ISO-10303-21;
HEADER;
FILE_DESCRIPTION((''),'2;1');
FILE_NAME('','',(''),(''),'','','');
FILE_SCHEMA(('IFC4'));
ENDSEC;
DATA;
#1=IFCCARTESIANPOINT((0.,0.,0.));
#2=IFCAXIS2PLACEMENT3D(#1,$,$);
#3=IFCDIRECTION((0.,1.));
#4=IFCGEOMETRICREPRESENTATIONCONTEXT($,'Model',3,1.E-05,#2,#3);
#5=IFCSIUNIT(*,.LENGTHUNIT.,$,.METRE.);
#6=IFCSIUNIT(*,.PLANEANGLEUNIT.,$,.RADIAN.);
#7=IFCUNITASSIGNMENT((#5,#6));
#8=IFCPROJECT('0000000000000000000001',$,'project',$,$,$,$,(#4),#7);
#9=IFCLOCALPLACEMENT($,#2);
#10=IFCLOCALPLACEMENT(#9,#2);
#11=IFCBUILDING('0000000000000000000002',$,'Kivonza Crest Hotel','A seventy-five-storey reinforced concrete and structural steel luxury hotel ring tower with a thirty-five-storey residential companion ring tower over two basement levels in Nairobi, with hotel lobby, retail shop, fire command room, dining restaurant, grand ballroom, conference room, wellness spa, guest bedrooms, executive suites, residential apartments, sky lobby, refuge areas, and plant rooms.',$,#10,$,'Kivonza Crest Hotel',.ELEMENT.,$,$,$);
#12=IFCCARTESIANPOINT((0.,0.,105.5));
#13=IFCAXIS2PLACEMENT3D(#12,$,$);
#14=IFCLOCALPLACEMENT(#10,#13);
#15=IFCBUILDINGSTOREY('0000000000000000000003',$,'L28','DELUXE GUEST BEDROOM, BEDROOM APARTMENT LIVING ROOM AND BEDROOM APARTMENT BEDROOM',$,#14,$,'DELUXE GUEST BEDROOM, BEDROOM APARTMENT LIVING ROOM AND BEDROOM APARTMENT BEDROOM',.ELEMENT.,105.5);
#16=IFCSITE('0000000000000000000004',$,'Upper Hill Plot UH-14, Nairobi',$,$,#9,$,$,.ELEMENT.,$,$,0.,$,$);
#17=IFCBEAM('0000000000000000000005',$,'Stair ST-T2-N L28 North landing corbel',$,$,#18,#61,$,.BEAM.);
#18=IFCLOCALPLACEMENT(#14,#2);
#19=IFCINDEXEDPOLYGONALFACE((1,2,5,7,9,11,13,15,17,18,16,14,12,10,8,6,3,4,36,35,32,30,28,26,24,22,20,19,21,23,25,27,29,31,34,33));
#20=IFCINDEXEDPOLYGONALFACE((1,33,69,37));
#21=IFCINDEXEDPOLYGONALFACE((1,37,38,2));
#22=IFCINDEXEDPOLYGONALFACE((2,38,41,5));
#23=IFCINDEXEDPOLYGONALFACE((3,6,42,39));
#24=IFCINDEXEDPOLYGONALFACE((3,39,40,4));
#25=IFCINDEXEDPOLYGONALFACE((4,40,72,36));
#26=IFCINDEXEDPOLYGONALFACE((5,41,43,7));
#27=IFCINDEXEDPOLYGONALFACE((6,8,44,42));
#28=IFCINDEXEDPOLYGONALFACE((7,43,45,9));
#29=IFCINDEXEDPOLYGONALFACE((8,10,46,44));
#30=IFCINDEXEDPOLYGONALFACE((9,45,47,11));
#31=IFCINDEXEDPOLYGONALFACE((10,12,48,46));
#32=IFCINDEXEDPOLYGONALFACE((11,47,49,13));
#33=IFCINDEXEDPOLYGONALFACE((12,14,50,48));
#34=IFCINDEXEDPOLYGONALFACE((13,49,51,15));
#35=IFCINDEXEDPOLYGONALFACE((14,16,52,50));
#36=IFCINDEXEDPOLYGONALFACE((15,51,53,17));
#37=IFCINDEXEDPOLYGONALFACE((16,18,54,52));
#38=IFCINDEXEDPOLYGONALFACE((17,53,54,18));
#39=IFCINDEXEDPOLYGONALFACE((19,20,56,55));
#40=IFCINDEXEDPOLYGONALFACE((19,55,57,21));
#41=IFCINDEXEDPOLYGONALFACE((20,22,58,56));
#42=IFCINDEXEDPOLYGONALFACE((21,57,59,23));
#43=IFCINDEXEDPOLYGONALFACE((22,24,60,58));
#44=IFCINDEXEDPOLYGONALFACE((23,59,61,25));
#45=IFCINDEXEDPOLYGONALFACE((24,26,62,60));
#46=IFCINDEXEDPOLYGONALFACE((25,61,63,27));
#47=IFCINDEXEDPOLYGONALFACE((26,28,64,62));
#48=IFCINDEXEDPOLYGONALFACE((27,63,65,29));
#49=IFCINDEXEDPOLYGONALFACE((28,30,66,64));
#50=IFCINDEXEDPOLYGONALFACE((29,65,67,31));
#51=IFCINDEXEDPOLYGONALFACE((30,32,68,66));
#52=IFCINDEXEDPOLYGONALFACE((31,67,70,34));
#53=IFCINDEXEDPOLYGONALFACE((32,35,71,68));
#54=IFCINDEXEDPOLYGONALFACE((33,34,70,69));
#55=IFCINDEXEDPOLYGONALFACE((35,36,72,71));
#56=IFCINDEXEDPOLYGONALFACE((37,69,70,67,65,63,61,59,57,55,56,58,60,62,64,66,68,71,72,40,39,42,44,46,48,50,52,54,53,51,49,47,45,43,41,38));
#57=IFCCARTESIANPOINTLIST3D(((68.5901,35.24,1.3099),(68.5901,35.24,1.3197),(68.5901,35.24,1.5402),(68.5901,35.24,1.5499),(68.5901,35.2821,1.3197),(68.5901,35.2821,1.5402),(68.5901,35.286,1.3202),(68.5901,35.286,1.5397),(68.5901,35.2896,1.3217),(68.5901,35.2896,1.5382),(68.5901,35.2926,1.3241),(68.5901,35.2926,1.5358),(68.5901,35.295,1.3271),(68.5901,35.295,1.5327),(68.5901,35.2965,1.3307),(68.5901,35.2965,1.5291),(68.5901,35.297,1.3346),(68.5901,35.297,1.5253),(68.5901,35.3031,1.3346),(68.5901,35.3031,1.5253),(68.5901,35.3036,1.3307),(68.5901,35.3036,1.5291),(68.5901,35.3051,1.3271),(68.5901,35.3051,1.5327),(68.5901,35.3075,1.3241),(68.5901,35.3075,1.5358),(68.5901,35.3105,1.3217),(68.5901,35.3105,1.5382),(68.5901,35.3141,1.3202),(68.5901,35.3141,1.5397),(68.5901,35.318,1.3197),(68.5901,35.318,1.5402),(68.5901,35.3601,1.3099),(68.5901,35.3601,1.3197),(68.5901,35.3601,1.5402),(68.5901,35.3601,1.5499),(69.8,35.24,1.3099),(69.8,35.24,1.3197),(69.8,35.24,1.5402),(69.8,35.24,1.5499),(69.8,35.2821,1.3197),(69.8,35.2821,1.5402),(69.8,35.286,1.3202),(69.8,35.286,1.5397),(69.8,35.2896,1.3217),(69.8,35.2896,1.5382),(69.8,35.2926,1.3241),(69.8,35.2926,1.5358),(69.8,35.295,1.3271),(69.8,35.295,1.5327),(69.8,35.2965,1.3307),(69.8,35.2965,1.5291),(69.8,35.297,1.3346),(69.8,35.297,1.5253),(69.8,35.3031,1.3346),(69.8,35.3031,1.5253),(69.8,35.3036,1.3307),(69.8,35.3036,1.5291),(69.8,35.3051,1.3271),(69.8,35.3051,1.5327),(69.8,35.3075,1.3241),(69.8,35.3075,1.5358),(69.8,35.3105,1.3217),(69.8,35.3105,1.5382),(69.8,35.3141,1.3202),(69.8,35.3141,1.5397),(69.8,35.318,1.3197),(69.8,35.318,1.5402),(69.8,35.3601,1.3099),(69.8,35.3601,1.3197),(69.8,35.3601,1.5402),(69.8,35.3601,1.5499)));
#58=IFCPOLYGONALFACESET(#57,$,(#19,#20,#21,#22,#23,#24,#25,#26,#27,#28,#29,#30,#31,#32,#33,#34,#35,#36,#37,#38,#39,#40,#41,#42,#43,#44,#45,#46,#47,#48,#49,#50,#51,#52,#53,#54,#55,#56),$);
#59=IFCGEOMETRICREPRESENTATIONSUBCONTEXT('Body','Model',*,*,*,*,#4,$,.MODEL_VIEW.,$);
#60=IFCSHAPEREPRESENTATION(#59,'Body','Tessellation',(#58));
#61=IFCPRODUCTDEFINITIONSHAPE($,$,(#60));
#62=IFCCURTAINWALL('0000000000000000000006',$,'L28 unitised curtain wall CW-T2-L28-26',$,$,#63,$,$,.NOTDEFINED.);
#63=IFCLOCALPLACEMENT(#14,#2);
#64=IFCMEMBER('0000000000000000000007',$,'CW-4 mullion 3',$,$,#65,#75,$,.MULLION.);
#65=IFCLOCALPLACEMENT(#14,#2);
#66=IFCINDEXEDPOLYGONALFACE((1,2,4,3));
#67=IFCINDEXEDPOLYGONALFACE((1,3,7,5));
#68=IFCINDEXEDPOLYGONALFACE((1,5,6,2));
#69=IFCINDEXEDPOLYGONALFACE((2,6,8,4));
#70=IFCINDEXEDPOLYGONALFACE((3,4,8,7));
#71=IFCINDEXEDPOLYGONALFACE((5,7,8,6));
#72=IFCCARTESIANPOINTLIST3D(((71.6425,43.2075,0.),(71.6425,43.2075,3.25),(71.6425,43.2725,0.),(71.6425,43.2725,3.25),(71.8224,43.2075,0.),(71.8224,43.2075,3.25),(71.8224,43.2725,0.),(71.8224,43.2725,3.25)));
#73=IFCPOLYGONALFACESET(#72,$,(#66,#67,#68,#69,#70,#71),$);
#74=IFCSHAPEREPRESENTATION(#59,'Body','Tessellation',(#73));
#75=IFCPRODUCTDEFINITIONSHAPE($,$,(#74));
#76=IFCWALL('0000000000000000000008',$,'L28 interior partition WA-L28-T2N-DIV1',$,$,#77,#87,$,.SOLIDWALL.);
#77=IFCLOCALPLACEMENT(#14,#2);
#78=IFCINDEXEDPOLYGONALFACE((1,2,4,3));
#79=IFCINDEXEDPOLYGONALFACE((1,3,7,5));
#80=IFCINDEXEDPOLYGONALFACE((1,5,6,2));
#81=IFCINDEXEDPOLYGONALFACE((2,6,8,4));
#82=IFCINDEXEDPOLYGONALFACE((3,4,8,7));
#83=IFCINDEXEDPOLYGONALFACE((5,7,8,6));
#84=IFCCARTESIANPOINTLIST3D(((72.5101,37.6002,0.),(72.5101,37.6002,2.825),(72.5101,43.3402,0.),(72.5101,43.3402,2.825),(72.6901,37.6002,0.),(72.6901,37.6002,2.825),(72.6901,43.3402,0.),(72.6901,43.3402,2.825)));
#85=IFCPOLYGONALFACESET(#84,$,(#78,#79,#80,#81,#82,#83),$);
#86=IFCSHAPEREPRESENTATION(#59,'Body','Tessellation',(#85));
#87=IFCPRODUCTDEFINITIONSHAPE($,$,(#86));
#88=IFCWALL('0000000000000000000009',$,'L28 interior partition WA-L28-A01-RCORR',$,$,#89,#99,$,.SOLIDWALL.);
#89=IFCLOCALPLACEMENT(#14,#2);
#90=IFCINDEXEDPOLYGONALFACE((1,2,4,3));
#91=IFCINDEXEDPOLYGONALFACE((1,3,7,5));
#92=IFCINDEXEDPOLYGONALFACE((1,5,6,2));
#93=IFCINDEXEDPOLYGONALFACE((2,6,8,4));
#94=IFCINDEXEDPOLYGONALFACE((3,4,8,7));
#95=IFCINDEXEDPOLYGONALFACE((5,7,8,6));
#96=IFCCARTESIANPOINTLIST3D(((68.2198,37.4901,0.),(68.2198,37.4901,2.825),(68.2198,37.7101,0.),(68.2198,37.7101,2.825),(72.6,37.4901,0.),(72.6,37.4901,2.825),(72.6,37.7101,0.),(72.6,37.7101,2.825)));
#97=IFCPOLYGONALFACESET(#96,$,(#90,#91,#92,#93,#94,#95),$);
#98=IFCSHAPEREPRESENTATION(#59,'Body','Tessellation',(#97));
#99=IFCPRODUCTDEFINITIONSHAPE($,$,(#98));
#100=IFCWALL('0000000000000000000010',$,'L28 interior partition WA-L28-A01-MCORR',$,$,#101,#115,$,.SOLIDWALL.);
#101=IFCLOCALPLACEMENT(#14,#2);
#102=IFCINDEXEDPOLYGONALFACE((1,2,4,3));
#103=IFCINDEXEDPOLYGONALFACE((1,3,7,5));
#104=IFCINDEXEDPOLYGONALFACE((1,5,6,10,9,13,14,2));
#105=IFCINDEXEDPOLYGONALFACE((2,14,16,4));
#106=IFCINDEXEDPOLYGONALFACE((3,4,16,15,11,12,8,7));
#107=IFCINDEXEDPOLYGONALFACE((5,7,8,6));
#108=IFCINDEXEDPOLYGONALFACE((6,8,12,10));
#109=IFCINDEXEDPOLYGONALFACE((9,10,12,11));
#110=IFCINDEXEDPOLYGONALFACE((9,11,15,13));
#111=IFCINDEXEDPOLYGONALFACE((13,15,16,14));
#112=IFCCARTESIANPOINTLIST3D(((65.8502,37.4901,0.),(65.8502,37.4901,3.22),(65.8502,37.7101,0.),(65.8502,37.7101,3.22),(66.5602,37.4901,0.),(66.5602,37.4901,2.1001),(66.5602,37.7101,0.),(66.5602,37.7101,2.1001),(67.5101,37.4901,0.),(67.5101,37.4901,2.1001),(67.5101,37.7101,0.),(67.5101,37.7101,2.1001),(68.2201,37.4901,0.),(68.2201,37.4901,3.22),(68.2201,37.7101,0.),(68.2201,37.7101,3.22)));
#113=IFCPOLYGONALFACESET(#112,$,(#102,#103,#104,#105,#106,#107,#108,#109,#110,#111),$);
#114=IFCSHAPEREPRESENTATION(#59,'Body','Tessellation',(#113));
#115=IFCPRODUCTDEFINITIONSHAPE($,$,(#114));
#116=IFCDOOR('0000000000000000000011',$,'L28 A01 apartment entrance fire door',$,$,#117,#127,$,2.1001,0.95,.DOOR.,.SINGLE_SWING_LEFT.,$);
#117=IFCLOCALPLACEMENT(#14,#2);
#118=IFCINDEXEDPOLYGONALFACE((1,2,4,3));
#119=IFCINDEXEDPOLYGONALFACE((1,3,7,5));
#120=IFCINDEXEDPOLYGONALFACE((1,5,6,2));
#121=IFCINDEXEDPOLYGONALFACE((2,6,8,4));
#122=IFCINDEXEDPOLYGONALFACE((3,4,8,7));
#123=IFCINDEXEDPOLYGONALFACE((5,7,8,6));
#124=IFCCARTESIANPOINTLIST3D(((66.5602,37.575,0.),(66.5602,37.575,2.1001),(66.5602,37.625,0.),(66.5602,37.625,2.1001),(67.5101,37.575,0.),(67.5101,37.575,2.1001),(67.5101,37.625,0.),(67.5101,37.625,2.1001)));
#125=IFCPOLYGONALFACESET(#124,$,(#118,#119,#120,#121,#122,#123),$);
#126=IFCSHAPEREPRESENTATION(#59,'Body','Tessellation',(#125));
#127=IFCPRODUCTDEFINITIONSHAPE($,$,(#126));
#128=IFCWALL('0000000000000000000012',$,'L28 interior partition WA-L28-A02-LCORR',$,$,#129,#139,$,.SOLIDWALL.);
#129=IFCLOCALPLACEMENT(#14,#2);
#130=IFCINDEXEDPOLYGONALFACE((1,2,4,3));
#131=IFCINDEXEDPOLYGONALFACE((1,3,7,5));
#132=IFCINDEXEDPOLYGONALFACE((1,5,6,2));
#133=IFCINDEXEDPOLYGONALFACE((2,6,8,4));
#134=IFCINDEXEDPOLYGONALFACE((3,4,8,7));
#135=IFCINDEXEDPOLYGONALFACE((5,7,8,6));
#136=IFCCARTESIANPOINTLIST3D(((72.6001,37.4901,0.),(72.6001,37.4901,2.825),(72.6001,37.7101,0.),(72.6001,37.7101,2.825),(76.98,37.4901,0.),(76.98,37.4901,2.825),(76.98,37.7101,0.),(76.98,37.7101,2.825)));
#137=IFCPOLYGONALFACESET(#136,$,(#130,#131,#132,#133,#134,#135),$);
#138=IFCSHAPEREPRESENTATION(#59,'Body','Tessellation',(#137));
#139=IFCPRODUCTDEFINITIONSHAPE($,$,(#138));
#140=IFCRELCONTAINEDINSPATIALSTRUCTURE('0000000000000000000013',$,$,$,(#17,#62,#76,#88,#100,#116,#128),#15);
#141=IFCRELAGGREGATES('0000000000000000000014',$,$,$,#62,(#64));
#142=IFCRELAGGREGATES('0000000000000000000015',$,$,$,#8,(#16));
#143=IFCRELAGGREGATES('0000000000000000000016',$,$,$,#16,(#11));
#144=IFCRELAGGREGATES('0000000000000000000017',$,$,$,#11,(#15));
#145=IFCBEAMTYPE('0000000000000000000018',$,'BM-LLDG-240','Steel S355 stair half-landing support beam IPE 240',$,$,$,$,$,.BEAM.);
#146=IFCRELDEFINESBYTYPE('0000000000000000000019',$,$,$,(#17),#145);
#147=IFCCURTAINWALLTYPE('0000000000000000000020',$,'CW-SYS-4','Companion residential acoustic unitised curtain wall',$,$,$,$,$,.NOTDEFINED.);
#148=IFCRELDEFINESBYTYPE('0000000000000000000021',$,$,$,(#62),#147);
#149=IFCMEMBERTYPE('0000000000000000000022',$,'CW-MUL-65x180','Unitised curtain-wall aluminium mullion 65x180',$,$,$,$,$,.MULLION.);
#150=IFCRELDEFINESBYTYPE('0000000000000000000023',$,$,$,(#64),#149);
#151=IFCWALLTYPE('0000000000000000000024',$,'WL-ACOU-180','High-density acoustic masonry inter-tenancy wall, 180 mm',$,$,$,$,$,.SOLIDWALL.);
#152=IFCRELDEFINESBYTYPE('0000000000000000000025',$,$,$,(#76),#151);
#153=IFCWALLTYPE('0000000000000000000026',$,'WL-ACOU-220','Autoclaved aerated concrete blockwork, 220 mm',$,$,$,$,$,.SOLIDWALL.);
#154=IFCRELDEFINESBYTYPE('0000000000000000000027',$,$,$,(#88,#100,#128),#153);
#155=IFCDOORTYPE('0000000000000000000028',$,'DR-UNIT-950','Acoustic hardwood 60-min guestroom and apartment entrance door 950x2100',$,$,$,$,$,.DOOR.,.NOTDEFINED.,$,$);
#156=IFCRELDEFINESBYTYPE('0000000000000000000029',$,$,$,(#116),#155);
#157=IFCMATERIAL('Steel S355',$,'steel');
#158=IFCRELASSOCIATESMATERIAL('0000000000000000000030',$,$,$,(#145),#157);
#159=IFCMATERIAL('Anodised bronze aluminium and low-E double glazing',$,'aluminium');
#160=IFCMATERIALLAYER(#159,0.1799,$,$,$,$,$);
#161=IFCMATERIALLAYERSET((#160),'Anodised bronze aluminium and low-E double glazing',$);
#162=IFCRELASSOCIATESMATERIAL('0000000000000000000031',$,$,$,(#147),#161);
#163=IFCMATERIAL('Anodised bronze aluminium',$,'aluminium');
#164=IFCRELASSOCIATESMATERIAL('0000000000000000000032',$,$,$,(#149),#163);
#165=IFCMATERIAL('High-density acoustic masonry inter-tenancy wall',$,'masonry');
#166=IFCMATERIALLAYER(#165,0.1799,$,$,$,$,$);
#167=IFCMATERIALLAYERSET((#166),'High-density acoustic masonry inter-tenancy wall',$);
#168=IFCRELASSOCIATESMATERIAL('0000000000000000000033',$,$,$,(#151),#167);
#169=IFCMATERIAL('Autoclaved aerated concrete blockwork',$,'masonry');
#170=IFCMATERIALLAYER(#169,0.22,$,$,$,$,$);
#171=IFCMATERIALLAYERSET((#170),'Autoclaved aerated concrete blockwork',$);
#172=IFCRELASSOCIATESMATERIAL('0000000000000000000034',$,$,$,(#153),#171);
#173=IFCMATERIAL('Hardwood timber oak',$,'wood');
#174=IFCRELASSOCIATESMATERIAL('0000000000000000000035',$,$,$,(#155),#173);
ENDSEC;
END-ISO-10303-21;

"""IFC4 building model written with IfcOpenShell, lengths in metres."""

from ifc_helpers import new_model, si_unit, direction, frame, frame_2d, origin, origin_2d, place, context, subcontext, project, spatial, rectangle, i_section, extrude, material, layer, layer_set, material_profile, profile_set, type_object, element, fill, aggregate, save


model = new_model("IFC4")

# Units and contexts
model_context = context("Model", 3, precision=1e-05, world=origin(), true_north=direction((0.0, 1.0)))
body_context = subcontext(model_context, "Body", "Model", "MODEL_VIEW")
ifc_project = project(units=[si_unit("LENGTHUNIT", "METRE"), si_unit("PLANEANGLEUNIT", "RADIAN")], contexts=[model_context])

# Site, building, storey
site_placement = place(None, origin())
site = spatial("IfcSite", under=ifc_project, at=site_placement, Name="Upper Hill Plot UH-14, Nairobi", CompositionType="ELEMENT", RefElevation=0.0)
building_placement = place(site_placement, origin())
building = spatial("IfcBuilding", under=site, at=building_placement, Name="Kivonza Crest Hotel", Description="A seventy-five-storey reinforced concrete and structural steel luxury hotel ring tower with a thirty-five-storey residential companion ring tower over two basement levels in Nairobi, with hotel lobby, retail shop, fire command room, dining restaurant, grand ballroom, conference room, wellness spa, guest bedrooms, executive suites, residential apartments, sky lobby, refuge areas, and plant rooms.", LongName="Kivonza Crest Hotel", CompositionType="ELEMENT")
storey_placement = place(building_placement, frame((0.0, 0.0, 105.5)))
storey = spatial("IfcBuildingStorey", under=building, at=storey_placement, Name="L28", Description="DELUXE GUEST BEDROOM, BEDROOM APARTMENT LIVING ROOM AND BEDROOM APARTMENT BEDROOM", LongName="DELUXE GUEST BEDROOM, BEDROOM APARTMENT LIVING ROOM AND BEDROOM APARTMENT BEDROOM", CompositionType="ELEMENT", Elevation=105.5)

# Beam
ifc_material_1 = material(Name="Steel S355", Category="steel")
ifc_material_profile_1 = material_profile(ifc_material_1, i_section(OverallWidth=0.1201, OverallDepth=0.24, WebThickness=0.0061, FlangeThickness=0.0098, FilletRadius=0.0149, at=origin_2d()), Name="IPE 240")
ifc_profile_set_1 = profile_set([ifc_material_profile_1], Name="Steel S355")
beam_type_1 = type_object("IfcBeamType", Name="BM-LLDG-240", Description="Steel S355 stair half-landing support beam IPE 240", PredefinedType="BEAM", material=ifc_profile_set_1)
beam_1_placement = place(storey_placement, frame((68.5901, 35.3, 1.4299), z_axis=(1.0, 0.0, 0.0), x_axis=(0.0, 1.0, 0.0)))
element("IfcBeam", 1, at=beam_1_placement, inside=storey, type_object=beam_type_1, Name="Stair ST-T2-N L28 North landing corbel", PredefinedType="BEAM", context=body_context, shape_type="SweptSolid", body=[
    extrude(i_section(OverallWidth=0.1201, OverallDepth=0.24, WebThickness=0.0061, FlangeThickness=0.0098, FilletRadius=0.0149, at=origin_2d()), origin(), (0.0, 0.0, 1.0), 1.21),
])

# Curtain wall, member
ifc_material_2 = material(Name="Anodised bronze aluminium and low-E double glazing", Category="aluminium")
ifc_layer_1 = layer(ifc_material_2, 0.1799)
ifc_layer_set_1 = layer_set([ifc_layer_1], Name="Anodised bronze aluminium and low-E double glazing")
curtain_wall_type = type_object("IfcCurtainWallType", Name="CW-SYS-4", Description="Companion residential acoustic unitised curtain wall", PredefinedType="NOTDEFINED", material=ifc_layer_set_1)
curtain_wall_placement = place(storey_placement, origin())
curtain_wall = element("IfcCurtainWall", 2, at=curtain_wall_placement, inside=storey, type_object=curtain_wall_type, Name="L28 unitised curtain wall CW-T2-L28-26", PredefinedType="NOTDEFINED")
ifc_material_3 = material(Name="Anodised bronze aluminium", Category="aluminium")
ifc_material_profile_2 = material_profile(ifc_material_3, rectangle(XDim=0.0649, YDim=0.1799, at=origin_2d()), Name="CW-M 65x180")
ifc_profile_set_2 = profile_set([ifc_material_profile_2], Name="Anodised bronze aluminium")
member_type = type_object("IfcMemberType", Name="CW-MUL-65x180", Description="Unitised curtain-wall aluminium mullion 65x180", PredefinedType="MULLION", material=ifc_profile_set_2)
member_placement = place(storey_placement, frame((71.7324, 43.24, 0.0), z_axis=(0.0, 0.0, 1.0), x_axis=(0.0, -1.0, 0.0)))
member = element("IfcMember", 3, at=member_placement, type_object=member_type, Name="CW-4 mullion 3", PredefinedType="MULLION", context=body_context, shape_type="SweptSolid", body=[
    extrude(rectangle(XDim=0.0649, YDim=0.1799, at=origin_2d()), origin(), (0.0, 0.0, 1.0), 3.25),
])
aggregate(curtain_wall, [member])

# Walls
ifc_material_4 = material(Name="High-density acoustic masonry inter-tenancy wall", Category="masonry")
ifc_layer_2 = layer(ifc_material_4, 0.1799)
ifc_layer_set_2 = layer_set([ifc_layer_2], Name="High-density acoustic masonry inter-tenancy wall")
wall_type_1 = type_object("IfcWallType", Name="WL-ACOU-180", Description="High-density acoustic masonry inter-tenancy wall, 180 mm", PredefinedType="SOLIDWALL", material=ifc_layer_set_2)
wall_1_placement = place(storey_placement, frame((72.6001, 37.6001, 0.0), z_axis=(0.0, 0.0, 1.0), x_axis=(0.0, 1.0, 0.0)))
element("IfcWall", 4, at=wall_1_placement, inside=storey, type_object=wall_type_1, Name="L28 interior partition WA-L28-T2N-DIV1", PredefinedType="SOLIDWALL", context=body_context, shape_type="SweptSolid", body=[
    extrude(rectangle(XDim=5.74, YDim=0.1799, at=frame_2d((2.8701, 0.0))), origin(), (0.0, 0.0, 1.0), 2.825),
])
ifc_material_5 = material(Name="Autoclaved aerated concrete blockwork", Category="masonry")
ifc_layer_3 = layer(ifc_material_5, 0.22)
ifc_layer_set_3 = layer_set([ifc_layer_3], Name="Autoclaved aerated concrete blockwork")
wall_type_2 = type_object("IfcWallType", Name="WL-ACOU-220", Description="Autoclaved aerated concrete blockwork, 220 mm", PredefinedType="SOLIDWALL", material=ifc_layer_set_3)
wall_2_placement = place(storey_placement, frame((68.22, 37.6001, 0.0), z_axis=(0.0, 0.0, 1.0), x_axis=(1.0, 0.0, 0.0)))
element("IfcWall", 5, at=wall_2_placement, inside=storey, type_object=wall_type_2, Name="L28 interior partition WA-L28-A01-RCORR", PredefinedType="SOLIDWALL", context=body_context, shape_type="SweptSolid", body=[
    extrude(rectangle(XDim=4.3801, YDim=0.22, at=frame_2d((2.1899, 0.0))), origin(), (0.0, 0.0, 1.0), 2.825),
])

# Wall, opening, door
wall_3_placement = place(storey_placement, frame((65.8501, 37.6001, 0.0), z_axis=(0.0, 0.0, 1.0), x_axis=(1.0, 0.0, 0.0)))
wall_3 = element("IfcWall", 6, at=wall_3_placement, inside=storey, type_object=wall_type_2, Name="L28 interior partition WA-L28-A01-MCORR", PredefinedType="SOLIDWALL", context=body_context, shape_type="SweptSolid", body=[
    extrude(rectangle(XDim=2.3699, YDim=0.22, at=frame_2d((1.1851, 0.0))), origin(), (0.0, 0.0, 1.0), 3.22),
])
opening_1_placement = place(wall_3_placement, frame((0.71, 0.0, 0.0)))
opening_1 = element("IfcOpeningElement", 7, at=opening_1_placement, cuts=wall_3, PredefinedType="OPENING", context=body_context, shape_type="SweptSolid", body=[
    extrude(rectangle(XDim=0.95, YDim=2.1001, at=frame_2d((0.4751, 1.05))), frame((0.0, 0.1201, 0.0), z_axis=(0.0, -1.0, 0.0), x_axis=(1.0, 0.0, 0.0)), (0.0, 0.0, 1.0), 0.24),
])
ifc_material_6 = material(Name="Hardwood timber oak", Category="wood")
door_type_1 = type_object("IfcDoorType", Name="DR-UNIT-950", Description="Acoustic hardwood 60-min guestroom and apartment entrance door 950x2100", OperationType="NOTDEFINED", PredefinedType="DOOR", material=ifc_material_6)
door_1_placement = place(opening_1_placement, origin())
door_1 = element("IfcDoor", 8, at=door_1_placement, inside=storey, type_object=door_type_1, Name="L28 A01 apartment entrance fire door", OperationType="SINGLE_SWING_LEFT", OverallHeight=2.1001, OverallWidth=0.95, PredefinedType="DOOR", context=body_context, shape_type="SweptSolid", body=[
    extrude(rectangle(XDim=0.95, YDim=2.1001, at=frame_2d((0.4751, 1.05))), frame((0.0, 0.0249, 0.0), z_axis=(0.0, -1.0, 0.0), x_axis=(1.0, 0.0, 0.0)), (0.0, 0.0, 1.0), 0.05),
])
fill(opening_1, door_1)

# Wall
wall_4_placement = place(storey_placement, frame((72.6001, 37.6001, 0.0), z_axis=(0.0, 0.0, 1.0), x_axis=(1.0, 0.0, 0.0)))
element("IfcWall", 9, at=wall_4_placement, inside=storey, type_object=wall_type_2, Name="L28 interior partition WA-L28-A02-LCORR", PredefinedType="SOLIDWALL", context=body_context, shape_type="SweptSolid", body=[
    extrude(rectangle(XDim=4.3799, YDim=0.22, at=frame_2d((2.1899, 0.0))), origin(), (0.0, 0.0, 1.0), 2.825),
])

save(model, "model.ifc")
